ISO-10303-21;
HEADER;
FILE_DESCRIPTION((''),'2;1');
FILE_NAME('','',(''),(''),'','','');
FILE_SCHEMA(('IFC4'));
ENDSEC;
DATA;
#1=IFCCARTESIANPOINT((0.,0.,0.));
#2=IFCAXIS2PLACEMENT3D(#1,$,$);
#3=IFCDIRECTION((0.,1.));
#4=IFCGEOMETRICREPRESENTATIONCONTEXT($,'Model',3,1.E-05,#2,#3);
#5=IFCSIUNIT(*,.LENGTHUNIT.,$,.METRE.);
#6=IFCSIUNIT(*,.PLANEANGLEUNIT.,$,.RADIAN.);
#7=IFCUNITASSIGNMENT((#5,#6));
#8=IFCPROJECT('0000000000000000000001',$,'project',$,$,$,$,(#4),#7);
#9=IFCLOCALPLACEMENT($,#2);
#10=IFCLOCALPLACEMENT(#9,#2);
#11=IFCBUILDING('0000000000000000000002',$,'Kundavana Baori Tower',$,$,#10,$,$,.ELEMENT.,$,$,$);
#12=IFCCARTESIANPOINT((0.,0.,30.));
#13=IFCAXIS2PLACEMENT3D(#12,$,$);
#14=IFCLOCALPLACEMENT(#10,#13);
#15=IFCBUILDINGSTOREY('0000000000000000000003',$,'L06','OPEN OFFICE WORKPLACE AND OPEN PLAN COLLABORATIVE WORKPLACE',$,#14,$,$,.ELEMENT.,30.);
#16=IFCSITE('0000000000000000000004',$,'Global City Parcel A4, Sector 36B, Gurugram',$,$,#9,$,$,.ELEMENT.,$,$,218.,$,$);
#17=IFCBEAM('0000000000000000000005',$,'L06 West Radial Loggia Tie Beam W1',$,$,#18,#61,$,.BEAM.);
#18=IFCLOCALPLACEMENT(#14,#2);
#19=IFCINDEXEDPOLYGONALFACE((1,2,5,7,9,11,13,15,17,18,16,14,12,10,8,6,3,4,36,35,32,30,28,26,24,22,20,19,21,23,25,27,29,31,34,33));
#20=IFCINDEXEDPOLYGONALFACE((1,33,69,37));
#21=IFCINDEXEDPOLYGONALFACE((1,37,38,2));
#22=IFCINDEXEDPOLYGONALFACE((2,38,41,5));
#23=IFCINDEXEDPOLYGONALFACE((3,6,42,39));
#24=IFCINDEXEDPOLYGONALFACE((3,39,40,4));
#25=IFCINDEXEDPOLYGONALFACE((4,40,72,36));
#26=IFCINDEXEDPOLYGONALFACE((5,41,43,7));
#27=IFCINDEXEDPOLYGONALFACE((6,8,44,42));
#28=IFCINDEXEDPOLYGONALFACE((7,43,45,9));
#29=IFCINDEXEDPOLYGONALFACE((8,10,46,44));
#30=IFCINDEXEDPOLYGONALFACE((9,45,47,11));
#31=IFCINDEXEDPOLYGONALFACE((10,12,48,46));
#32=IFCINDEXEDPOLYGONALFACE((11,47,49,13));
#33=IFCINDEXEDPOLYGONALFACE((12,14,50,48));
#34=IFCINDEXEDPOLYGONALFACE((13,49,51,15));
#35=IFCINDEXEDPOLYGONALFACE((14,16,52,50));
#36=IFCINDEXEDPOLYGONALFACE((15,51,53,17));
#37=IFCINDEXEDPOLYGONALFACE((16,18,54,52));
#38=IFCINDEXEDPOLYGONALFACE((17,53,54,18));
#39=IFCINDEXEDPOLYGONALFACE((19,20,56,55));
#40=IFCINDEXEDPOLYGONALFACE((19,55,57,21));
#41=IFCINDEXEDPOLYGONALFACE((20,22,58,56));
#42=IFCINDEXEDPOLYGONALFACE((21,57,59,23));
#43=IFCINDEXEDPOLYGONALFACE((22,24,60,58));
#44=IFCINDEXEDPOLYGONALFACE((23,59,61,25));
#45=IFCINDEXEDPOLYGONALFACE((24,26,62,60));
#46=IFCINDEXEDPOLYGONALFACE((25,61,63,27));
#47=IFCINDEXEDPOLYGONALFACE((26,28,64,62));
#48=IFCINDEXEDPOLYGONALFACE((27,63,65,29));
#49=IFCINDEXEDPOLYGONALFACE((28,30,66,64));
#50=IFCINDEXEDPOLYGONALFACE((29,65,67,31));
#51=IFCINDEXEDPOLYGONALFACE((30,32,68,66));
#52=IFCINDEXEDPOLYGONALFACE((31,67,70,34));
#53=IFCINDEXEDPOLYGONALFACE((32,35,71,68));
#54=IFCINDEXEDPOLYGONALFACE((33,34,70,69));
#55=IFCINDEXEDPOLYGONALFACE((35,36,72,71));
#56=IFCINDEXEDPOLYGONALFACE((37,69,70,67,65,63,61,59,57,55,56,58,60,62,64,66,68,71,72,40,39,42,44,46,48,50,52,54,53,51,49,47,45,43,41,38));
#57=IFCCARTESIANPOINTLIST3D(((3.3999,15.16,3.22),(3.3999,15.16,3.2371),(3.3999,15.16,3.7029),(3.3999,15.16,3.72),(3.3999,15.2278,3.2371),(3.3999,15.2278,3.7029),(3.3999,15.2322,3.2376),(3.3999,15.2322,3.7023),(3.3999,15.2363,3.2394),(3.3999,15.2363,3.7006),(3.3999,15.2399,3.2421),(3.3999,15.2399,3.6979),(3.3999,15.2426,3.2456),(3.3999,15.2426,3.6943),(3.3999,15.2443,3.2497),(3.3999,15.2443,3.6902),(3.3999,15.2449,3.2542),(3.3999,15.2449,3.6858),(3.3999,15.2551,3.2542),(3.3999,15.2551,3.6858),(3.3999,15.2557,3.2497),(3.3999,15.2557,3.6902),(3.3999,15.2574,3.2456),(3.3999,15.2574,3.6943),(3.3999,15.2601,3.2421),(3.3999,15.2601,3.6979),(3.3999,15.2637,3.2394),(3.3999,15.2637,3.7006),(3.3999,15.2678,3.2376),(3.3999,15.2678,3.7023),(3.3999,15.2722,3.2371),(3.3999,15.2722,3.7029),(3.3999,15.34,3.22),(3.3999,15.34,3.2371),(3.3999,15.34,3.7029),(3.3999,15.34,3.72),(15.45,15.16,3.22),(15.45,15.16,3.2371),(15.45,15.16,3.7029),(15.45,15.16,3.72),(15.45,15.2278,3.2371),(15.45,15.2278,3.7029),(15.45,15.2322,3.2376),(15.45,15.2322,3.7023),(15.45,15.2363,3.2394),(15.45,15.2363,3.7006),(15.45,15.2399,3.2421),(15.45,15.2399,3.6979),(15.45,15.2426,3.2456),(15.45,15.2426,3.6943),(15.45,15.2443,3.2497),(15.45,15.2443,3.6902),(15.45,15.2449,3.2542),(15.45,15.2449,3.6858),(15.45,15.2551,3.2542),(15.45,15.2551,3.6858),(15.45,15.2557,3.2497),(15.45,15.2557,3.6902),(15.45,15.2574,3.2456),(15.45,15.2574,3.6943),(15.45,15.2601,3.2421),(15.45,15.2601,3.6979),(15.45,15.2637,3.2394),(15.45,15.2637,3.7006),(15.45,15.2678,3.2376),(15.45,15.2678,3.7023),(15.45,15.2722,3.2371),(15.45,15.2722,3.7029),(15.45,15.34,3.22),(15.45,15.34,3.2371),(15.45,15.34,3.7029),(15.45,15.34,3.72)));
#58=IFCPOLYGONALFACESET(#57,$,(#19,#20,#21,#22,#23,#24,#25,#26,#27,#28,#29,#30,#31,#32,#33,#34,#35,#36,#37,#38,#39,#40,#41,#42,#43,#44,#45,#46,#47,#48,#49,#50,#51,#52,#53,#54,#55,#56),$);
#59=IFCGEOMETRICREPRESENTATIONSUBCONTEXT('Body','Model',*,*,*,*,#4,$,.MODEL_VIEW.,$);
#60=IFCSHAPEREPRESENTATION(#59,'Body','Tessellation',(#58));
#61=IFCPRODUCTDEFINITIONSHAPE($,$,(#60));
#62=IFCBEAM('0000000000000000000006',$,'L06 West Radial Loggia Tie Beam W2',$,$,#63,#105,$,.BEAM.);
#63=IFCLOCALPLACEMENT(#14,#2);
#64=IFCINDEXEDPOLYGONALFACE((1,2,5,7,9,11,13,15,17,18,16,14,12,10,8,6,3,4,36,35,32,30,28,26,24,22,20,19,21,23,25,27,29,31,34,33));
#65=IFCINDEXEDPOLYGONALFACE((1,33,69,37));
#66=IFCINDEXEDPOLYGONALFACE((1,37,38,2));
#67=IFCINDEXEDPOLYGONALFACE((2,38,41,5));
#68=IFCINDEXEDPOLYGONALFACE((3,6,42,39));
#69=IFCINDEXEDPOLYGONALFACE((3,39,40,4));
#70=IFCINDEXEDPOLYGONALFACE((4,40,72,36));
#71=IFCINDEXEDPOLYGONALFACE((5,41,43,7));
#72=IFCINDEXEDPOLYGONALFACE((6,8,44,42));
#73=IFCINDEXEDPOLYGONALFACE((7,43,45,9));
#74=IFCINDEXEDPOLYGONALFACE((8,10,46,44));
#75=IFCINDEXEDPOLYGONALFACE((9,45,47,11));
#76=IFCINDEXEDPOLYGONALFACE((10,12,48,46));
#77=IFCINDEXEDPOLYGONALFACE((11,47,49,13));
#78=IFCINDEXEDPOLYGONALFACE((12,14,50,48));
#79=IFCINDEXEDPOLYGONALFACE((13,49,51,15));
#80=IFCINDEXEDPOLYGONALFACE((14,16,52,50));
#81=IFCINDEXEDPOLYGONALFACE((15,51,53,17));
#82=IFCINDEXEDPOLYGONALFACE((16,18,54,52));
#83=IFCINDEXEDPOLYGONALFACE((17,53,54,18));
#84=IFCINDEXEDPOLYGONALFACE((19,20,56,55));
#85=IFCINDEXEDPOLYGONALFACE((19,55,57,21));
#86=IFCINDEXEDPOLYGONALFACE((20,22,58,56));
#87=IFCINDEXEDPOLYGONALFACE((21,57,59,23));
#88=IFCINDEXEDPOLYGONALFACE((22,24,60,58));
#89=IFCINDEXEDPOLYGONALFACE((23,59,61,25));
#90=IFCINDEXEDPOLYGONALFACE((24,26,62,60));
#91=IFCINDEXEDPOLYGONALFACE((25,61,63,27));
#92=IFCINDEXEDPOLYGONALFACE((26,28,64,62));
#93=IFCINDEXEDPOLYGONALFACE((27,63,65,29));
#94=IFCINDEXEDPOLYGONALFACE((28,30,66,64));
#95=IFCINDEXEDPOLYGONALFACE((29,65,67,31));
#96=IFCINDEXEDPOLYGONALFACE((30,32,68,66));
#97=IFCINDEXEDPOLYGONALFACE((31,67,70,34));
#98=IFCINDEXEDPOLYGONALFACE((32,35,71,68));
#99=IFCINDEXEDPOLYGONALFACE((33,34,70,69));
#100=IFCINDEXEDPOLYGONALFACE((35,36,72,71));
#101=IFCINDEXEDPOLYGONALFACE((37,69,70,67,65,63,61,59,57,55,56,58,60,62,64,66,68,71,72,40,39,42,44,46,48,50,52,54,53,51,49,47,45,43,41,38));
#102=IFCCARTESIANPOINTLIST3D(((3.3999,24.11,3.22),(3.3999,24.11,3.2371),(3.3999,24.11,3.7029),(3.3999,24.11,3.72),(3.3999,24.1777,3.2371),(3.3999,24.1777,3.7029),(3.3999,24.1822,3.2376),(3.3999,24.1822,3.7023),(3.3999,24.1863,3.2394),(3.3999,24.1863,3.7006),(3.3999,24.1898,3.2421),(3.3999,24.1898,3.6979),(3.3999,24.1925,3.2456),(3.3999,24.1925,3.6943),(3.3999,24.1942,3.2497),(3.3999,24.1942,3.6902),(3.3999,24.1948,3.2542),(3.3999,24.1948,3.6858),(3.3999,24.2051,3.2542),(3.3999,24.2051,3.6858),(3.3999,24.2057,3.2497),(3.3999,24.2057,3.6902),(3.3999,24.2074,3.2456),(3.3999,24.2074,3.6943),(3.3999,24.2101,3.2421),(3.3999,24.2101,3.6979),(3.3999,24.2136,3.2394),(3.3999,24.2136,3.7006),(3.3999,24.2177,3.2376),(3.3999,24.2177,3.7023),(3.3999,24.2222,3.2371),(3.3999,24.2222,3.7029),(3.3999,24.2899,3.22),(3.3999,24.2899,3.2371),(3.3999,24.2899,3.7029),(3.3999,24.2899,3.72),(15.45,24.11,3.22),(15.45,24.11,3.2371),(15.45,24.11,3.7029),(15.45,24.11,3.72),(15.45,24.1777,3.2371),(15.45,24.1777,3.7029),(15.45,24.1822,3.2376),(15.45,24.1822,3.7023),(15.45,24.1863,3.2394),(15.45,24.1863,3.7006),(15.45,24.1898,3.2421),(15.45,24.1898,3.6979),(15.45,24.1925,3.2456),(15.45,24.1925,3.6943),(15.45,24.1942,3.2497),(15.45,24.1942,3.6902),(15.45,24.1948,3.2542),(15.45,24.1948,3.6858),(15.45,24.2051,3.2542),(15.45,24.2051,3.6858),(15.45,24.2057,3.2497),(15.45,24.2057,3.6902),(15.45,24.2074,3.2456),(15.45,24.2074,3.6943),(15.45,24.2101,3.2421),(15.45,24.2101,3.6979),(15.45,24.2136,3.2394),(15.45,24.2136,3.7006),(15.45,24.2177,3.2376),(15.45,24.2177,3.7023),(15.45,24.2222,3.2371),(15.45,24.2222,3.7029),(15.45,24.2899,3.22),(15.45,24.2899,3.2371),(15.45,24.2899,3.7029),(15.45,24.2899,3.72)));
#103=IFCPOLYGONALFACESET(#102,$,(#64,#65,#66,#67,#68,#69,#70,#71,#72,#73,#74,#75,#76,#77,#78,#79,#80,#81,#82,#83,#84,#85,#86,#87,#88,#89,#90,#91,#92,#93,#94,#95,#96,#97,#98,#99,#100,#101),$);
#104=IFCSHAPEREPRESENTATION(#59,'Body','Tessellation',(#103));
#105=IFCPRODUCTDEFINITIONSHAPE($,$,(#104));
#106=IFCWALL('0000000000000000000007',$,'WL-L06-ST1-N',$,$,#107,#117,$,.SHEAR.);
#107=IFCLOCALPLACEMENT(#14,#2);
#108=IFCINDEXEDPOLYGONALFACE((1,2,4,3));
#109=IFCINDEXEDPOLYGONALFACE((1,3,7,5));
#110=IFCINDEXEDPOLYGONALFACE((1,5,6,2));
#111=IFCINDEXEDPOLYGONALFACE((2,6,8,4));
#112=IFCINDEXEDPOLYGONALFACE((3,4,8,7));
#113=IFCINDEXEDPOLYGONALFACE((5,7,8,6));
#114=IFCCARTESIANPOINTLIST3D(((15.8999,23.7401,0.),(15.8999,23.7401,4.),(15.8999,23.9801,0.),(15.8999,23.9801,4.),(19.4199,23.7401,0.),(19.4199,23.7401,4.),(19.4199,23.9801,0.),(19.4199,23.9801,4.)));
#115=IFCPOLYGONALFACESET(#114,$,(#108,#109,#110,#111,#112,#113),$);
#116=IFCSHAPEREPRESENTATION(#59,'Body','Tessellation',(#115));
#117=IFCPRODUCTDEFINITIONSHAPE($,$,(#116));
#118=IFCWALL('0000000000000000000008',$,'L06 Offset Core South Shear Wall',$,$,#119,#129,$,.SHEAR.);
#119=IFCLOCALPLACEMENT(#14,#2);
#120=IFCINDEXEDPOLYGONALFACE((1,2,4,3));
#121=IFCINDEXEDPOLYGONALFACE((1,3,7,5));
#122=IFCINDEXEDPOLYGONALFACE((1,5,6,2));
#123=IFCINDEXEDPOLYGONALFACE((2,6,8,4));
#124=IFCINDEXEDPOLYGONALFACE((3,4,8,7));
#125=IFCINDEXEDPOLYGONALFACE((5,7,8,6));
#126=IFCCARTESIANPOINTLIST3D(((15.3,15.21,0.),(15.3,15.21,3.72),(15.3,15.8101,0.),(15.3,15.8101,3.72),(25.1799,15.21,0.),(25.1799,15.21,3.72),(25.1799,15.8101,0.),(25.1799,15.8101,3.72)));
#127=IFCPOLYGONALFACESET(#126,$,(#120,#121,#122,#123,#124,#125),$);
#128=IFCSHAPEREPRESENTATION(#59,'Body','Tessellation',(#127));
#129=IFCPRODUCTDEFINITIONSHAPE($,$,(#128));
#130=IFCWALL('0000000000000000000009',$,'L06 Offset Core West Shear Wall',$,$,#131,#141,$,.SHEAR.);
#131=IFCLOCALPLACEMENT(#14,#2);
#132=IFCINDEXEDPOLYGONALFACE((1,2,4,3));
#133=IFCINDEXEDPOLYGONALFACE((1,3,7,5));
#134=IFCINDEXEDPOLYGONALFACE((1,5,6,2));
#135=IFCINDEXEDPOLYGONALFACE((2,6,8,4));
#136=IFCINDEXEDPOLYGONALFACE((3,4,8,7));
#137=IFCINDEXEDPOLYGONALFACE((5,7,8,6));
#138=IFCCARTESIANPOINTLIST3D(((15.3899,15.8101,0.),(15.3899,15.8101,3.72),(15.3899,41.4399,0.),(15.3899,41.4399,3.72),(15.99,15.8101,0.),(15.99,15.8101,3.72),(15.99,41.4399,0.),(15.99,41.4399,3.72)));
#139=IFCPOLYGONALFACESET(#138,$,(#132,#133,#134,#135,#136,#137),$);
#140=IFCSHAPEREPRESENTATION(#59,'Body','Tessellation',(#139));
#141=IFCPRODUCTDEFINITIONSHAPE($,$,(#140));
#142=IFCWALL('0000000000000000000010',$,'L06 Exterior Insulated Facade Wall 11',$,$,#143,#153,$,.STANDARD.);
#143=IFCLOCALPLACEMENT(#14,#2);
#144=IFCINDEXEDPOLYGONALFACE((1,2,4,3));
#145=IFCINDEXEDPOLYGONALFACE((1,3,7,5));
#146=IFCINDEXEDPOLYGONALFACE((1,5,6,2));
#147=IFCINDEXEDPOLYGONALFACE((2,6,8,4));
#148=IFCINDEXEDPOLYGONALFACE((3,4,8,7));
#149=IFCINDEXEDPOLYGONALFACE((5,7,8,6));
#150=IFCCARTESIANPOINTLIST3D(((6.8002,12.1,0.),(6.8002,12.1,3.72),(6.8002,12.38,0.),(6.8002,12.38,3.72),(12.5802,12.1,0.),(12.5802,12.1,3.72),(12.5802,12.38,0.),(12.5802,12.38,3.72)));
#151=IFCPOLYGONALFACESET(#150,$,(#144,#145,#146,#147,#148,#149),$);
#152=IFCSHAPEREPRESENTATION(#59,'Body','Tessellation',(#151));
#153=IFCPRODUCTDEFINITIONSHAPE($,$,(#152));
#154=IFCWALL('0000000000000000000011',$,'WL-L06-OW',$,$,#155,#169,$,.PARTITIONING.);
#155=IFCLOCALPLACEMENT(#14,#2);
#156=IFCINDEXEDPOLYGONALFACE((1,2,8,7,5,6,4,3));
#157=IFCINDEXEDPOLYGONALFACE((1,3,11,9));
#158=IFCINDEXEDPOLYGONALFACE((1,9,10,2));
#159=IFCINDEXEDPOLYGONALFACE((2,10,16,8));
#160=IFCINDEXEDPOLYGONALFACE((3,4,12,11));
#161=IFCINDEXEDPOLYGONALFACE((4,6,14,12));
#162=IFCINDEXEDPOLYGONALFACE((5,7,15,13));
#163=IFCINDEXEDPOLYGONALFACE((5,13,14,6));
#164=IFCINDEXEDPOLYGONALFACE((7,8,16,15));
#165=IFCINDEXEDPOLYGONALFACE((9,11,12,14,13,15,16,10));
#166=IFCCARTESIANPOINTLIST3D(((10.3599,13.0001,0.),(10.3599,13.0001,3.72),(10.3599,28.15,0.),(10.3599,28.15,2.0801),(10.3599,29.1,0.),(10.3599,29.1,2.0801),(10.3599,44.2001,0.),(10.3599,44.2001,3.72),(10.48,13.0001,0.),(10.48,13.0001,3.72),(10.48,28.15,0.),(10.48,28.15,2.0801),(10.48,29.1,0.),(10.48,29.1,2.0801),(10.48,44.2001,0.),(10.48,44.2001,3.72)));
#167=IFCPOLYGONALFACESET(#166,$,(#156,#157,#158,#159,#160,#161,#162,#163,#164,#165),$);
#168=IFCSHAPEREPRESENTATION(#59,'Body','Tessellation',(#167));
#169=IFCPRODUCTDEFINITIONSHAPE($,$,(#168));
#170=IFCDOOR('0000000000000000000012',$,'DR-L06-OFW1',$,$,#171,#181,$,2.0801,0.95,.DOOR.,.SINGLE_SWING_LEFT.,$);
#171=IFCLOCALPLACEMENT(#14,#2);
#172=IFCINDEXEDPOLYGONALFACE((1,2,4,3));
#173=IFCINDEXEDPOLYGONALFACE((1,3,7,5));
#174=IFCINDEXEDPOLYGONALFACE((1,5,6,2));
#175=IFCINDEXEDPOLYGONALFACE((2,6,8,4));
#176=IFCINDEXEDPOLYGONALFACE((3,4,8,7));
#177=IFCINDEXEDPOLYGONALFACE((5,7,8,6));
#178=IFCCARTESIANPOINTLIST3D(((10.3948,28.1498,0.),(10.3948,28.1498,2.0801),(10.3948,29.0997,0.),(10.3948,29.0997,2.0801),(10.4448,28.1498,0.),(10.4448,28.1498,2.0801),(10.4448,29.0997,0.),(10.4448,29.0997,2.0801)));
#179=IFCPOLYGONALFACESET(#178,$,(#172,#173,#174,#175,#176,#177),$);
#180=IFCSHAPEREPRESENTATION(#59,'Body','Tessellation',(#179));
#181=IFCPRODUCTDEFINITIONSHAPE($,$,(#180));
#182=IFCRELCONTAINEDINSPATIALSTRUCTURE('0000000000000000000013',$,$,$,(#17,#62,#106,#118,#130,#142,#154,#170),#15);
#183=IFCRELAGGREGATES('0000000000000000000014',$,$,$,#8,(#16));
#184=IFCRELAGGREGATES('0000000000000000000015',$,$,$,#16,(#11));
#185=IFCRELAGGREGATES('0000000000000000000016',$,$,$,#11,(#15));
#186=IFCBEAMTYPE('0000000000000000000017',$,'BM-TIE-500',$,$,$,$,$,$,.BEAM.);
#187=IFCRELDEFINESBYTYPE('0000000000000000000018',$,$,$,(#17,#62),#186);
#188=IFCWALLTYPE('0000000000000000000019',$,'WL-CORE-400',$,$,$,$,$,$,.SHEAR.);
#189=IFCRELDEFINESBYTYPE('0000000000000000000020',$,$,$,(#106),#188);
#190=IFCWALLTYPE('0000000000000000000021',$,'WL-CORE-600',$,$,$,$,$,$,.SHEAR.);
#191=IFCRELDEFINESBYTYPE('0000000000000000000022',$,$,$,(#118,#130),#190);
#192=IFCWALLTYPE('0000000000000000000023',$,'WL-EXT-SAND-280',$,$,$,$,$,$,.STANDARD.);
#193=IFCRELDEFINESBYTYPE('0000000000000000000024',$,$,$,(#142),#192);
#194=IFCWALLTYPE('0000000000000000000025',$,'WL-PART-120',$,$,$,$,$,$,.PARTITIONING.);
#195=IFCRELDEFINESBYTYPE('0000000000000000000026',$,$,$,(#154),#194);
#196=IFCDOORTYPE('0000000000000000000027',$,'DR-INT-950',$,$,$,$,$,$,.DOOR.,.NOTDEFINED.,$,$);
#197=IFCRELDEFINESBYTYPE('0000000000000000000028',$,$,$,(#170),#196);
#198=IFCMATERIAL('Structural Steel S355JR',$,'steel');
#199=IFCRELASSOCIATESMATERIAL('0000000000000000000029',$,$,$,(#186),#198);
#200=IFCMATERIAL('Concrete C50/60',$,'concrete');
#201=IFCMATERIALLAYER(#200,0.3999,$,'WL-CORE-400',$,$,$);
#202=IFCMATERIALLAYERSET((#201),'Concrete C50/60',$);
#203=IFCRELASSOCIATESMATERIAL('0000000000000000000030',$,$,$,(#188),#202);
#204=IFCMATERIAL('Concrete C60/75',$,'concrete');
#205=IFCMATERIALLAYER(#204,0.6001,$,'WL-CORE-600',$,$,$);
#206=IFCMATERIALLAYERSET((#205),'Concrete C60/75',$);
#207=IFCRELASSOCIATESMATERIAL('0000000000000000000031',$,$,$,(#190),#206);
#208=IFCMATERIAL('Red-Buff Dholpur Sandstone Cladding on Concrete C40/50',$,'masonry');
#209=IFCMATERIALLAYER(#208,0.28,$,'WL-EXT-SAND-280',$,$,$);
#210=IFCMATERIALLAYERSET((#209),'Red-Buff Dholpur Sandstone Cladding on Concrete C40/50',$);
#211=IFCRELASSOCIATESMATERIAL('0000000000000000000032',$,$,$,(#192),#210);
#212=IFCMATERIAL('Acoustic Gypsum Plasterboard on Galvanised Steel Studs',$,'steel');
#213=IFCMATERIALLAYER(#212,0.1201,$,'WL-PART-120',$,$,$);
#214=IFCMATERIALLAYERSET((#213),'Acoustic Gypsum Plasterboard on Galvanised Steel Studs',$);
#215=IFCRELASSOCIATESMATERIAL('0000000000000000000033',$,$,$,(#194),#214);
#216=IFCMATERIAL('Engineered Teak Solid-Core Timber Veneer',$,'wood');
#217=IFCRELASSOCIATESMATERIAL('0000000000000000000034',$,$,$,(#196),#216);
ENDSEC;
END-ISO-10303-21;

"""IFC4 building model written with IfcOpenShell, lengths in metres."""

from ifc_helpers import new_model, si_unit, direction, frame, frame_2d, origin, origin_2d, place, context, subcontext, project, spatial, rectangle, i_section, extrude, material, layer, layer_set, material_profile, profile_set, type_object, element, fill, save


model = new_model("IFC4")

# Units and contexts
model_context = context("Model", 3, precision=1e-05, world=origin(), true_north=direction((0.0, 1.0)))
body_context = subcontext(model_context, "Body", "Model", "MODEL_VIEW")
ifc_project = project(units=[si_unit("LENGTHUNIT", "METRE"), si_unit("PLANEANGLEUNIT", "RADIAN")], contexts=[model_context])

# Site, building, storey
site_placement = place(None, origin())
site = spatial("IfcSite", under=ifc_project, at=site_placement, Name="Global City Parcel A4, Sector 36B, Gurugram", CompositionType="ELEMENT", RefElevation=218.0)
building_placement = place(site_placement, origin())
building = spatial("IfcBuilding", under=site, at=building_placement, Name="Kundavana Baori Tower", CompositionType="ELEMENT")
storey_placement = place(building_placement, frame((0.0, 0.0, 30.0)))
storey = spatial("IfcBuildingStorey", under=building, at=storey_placement, Name="L06", Description="OPEN OFFICE WORKPLACE AND OPEN PLAN COLLABORATIVE WORKPLACE", CompositionType="ELEMENT", Elevation=30.0)

# Beams
ifc_material_1 = material(Name="Structural Steel S355JR", Category="steel")
ifc_material_profile_1 = material_profile(ifc_material_1, i_section(OverallWidth=0.1799, OverallDepth=0.5, WebThickness=0.0103, FlangeThickness=0.0171, FilletRadius=0.0171, at=origin_2d()), Name="ISMB 500")
ifc_profile_set_1 = profile_set([ifc_material_profile_1], Name="Structural Steel S355JR")
beam_type_1 = type_object("IfcBeamType", Name="BM-TIE-500", PredefinedType="BEAM", material=ifc_profile_set_1)
for number, where, z_axis, x_axis, name in (
    (1, (15.45, 15.25, 3.47), (-1.0, 0.0, 0.0), (0.0, -1.0, 0.0), "L06 West Radial Loggia Tie Beam W1"),
    (2, (15.45, 24.2, 3.47), (-1.0, 0.0, 0.0), (0.0, -1.0, 0.0), "L06 West Radial Loggia Tie Beam W2"),
):
    element("IfcBeam", number, at=place(storey_placement, frame(where, z_axis=z_axis, x_axis=x_axis)), inside=storey, type_object=beam_type_1, Name=name, PredefinedType="BEAM", context=body_context, shape_type="SweptSolid", body=[
        extrude(i_section(OverallWidth=0.1799, OverallDepth=0.5, WebThickness=0.0103, FlangeThickness=0.0171, FilletRadius=0.0171, at=origin_2d()), origin(), (0.0, 0.0, 1.0), 12.05),
    ])

# Walls
ifc_material_2 = material(Name="Concrete C50/60", Category="concrete")
ifc_layer_1 = layer(ifc_material_2, 0.3999, Name="WL-CORE-400")
ifc_layer_set_1 = layer_set([ifc_layer_1], Name="Concrete C50/60")
wall_type_1 = type_object("IfcWallType", Name="WL-CORE-400", PredefinedType="SHEAR", material=ifc_layer_set_1)
wall_1_placement = place(storey_placement, frame((15.8999, 23.8601, 0.0), z_axis=(0.0, 0.0, 1.0), x_axis=(1.0, 0.0, 0.0)))
element("IfcWall", 3, at=wall_1_placement, inside=storey, type_object=wall_type_1, Name="WL-L06-ST1-N", PredefinedType="SHEAR", context=body_context, shape_type="SweptSolid", body=[
    extrude(rectangle(XDim=3.52, YDim=0.24, at=frame_2d((1.76, 0.0))), origin(), (0.0, 0.0, 1.0), 4.0),
])
ifc_material_3 = material(Name="Concrete C60/75", Category="concrete")
ifc_layer_2 = layer(ifc_material_3, 0.6001, Name="WL-CORE-600")
ifc_layer_set_2 = layer_set([ifc_layer_2], Name="Concrete C60/75")
wall_type_2 = type_object("IfcWallType", Name="WL-CORE-600", PredefinedType="SHEAR", material=ifc_layer_set_2)
wall_2_placement = place(storey_placement, frame((15.3, 15.51, 0.0), z_axis=(0.0, 0.0, 1.0), x_axis=(1.0, 0.0, 0.0)))
element("IfcWall", 4, at=wall_2_placement, inside=storey, type_object=wall_type_2, Name="L06 Offset Core South Shear Wall", PredefinedType="SHEAR", context=body_context, shape_type="SweptSolid", body=[
    extrude(rectangle(XDim=9.8799, YDim=0.6001, at=frame_2d((4.9399, 0.0))), origin(), (0.0, 0.0, 1.0), 3.72),
])
wall_3_placement = place(storey_placement, frame((15.6899, 15.8101, 0.0), z_axis=(0.0, 0.0, 1.0), x_axis=(0.0, 1.0, 0.0)))
element("IfcWall", 5, at=wall_3_placement, inside=storey, type_object=wall_type_2, Name="L06 Offset Core West Shear Wall", PredefinedType="SHEAR", context=body_context, shape_type="SweptSolid", body=[
    extrude(rectangle(XDim=25.6299, YDim=0.6001, at=frame_2d((12.8149, 0.0))), origin(), (0.0, 0.0, 1.0), 3.72),
])
ifc_material_4 = material(Name="Red-Buff Dholpur Sandstone Cladding on Concrete C40/50", Category="masonry")
ifc_layer_3 = layer(ifc_material_4, 0.28, Name="WL-EXT-SAND-280")
ifc_layer_set_3 = layer_set([ifc_layer_3], Name="Red-Buff Dholpur Sandstone Cladding on Concrete C40/50")
wall_type_3 = type_object("IfcWallType", Name="WL-EXT-SAND-280", PredefinedType="STANDARD", material=ifc_layer_set_3)
wall_4_placement = place(storey_placement, frame((6.8, 12.24, 0.0), z_axis=(0.0, 0.0, 1.0), x_axis=(1.0, 0.0, 0.0)))
element("IfcWall", 6, at=wall_4_placement, inside=storey, type_object=wall_type_3, Name="L06 Exterior Insulated Facade Wall 11", PredefinedType="STANDARD", context=body_context, shape_type="SweptSolid", body=[
    extrude(rectangle(XDim=5.78, YDim=0.28, at=frame_2d((2.8901, 0.0))), origin(), (0.0, 0.0, 1.0), 3.72),
])

# Wall, opening, door
ifc_material_5 = material(Name="Acoustic Gypsum Plasterboard on Galvanised Steel Studs", Category="steel")
ifc_layer_4 = layer(ifc_material_5, 0.1201, Name="WL-PART-120")
ifc_layer_set_4 = layer_set([ifc_layer_4], Name="Acoustic Gypsum Plasterboard on Galvanised Steel Studs")
wall_type_4 = type_object("IfcWallType", Name="WL-PART-120", PredefinedType="PARTITIONING", material=ifc_layer_set_4)
wall_5_placement = place(storey_placement, frame((10.4199, 13.0, 0.0), z_axis=(0.0, 0.0, 1.0), x_axis=(0.0, 1.0, 0.0)))
wall_5 = element("IfcWall", 7, at=wall_5_placement, inside=storey, type_object=wall_type_4, Name="WL-L06-OW", PredefinedType="PARTITIONING", context=body_context, shape_type="SweptSolid", body=[
    extrude(rectangle(XDim=31.2, YDim=0.1201, at=frame_2d((15.6001, 0.0))), origin(), (0.0, 0.0, 1.0), 3.72),
])
opening_1_placement = place(wall_5_placement, frame((15.1499, 0.0, 0.0)))
opening_1 = element("IfcOpeningElement", 8, at=opening_1_placement, cuts=wall_5, PredefinedType="OPENING", context=body_context, shape_type="SweptSolid", body=[
    extrude(rectangle(XDim=0.95, YDim=2.0801, at=frame_2d((0.4751, 1.04))), frame((0.0, 0.0701, 0.0), z_axis=(0.0, -1.0, 0.0), x_axis=(1.0, 0.0, 0.0)), (0.0, 0.0, 1.0), 0.1401),
])
ifc_material_6 = material(Name="Engineered Teak Solid-Core Timber Veneer", Category="wood")
door_type_1 = type_object("IfcDoorType", Name="DR-INT-950", OperationType="NOTDEFINED", PredefinedType="DOOR", material=ifc_material_6)
door_1_placement = place(opening_1_placement, frame((0.95, 0.0, 0.0), z_axis=(0.0, 0.0, 1.0), x_axis=(-1.0, 0.0, 0.0)))
door_1 = element("IfcDoor", 9, at=door_1_placement, inside=storey, type_object=door_type_1, Name="DR-L06-OFW1", OperationType="SINGLE_SWING_LEFT", OverallHeight=2.0801, OverallWidth=0.95, PredefinedType="DOOR", context=body_context, shape_type="SweptSolid", body=[
    extrude(rectangle(XDim=0.95, YDim=2.0801, at=frame_2d((0.4751, 1.04))), frame((0.0, 0.0249, 0.0), z_axis=(0.0, -1.0, 0.0), x_axis=(1.0, 0.0, 0.0)), (0.0, 0.0, 1.0), 0.05),
])
fill(opening_1, door_1)

save(model, "model.ifc")
